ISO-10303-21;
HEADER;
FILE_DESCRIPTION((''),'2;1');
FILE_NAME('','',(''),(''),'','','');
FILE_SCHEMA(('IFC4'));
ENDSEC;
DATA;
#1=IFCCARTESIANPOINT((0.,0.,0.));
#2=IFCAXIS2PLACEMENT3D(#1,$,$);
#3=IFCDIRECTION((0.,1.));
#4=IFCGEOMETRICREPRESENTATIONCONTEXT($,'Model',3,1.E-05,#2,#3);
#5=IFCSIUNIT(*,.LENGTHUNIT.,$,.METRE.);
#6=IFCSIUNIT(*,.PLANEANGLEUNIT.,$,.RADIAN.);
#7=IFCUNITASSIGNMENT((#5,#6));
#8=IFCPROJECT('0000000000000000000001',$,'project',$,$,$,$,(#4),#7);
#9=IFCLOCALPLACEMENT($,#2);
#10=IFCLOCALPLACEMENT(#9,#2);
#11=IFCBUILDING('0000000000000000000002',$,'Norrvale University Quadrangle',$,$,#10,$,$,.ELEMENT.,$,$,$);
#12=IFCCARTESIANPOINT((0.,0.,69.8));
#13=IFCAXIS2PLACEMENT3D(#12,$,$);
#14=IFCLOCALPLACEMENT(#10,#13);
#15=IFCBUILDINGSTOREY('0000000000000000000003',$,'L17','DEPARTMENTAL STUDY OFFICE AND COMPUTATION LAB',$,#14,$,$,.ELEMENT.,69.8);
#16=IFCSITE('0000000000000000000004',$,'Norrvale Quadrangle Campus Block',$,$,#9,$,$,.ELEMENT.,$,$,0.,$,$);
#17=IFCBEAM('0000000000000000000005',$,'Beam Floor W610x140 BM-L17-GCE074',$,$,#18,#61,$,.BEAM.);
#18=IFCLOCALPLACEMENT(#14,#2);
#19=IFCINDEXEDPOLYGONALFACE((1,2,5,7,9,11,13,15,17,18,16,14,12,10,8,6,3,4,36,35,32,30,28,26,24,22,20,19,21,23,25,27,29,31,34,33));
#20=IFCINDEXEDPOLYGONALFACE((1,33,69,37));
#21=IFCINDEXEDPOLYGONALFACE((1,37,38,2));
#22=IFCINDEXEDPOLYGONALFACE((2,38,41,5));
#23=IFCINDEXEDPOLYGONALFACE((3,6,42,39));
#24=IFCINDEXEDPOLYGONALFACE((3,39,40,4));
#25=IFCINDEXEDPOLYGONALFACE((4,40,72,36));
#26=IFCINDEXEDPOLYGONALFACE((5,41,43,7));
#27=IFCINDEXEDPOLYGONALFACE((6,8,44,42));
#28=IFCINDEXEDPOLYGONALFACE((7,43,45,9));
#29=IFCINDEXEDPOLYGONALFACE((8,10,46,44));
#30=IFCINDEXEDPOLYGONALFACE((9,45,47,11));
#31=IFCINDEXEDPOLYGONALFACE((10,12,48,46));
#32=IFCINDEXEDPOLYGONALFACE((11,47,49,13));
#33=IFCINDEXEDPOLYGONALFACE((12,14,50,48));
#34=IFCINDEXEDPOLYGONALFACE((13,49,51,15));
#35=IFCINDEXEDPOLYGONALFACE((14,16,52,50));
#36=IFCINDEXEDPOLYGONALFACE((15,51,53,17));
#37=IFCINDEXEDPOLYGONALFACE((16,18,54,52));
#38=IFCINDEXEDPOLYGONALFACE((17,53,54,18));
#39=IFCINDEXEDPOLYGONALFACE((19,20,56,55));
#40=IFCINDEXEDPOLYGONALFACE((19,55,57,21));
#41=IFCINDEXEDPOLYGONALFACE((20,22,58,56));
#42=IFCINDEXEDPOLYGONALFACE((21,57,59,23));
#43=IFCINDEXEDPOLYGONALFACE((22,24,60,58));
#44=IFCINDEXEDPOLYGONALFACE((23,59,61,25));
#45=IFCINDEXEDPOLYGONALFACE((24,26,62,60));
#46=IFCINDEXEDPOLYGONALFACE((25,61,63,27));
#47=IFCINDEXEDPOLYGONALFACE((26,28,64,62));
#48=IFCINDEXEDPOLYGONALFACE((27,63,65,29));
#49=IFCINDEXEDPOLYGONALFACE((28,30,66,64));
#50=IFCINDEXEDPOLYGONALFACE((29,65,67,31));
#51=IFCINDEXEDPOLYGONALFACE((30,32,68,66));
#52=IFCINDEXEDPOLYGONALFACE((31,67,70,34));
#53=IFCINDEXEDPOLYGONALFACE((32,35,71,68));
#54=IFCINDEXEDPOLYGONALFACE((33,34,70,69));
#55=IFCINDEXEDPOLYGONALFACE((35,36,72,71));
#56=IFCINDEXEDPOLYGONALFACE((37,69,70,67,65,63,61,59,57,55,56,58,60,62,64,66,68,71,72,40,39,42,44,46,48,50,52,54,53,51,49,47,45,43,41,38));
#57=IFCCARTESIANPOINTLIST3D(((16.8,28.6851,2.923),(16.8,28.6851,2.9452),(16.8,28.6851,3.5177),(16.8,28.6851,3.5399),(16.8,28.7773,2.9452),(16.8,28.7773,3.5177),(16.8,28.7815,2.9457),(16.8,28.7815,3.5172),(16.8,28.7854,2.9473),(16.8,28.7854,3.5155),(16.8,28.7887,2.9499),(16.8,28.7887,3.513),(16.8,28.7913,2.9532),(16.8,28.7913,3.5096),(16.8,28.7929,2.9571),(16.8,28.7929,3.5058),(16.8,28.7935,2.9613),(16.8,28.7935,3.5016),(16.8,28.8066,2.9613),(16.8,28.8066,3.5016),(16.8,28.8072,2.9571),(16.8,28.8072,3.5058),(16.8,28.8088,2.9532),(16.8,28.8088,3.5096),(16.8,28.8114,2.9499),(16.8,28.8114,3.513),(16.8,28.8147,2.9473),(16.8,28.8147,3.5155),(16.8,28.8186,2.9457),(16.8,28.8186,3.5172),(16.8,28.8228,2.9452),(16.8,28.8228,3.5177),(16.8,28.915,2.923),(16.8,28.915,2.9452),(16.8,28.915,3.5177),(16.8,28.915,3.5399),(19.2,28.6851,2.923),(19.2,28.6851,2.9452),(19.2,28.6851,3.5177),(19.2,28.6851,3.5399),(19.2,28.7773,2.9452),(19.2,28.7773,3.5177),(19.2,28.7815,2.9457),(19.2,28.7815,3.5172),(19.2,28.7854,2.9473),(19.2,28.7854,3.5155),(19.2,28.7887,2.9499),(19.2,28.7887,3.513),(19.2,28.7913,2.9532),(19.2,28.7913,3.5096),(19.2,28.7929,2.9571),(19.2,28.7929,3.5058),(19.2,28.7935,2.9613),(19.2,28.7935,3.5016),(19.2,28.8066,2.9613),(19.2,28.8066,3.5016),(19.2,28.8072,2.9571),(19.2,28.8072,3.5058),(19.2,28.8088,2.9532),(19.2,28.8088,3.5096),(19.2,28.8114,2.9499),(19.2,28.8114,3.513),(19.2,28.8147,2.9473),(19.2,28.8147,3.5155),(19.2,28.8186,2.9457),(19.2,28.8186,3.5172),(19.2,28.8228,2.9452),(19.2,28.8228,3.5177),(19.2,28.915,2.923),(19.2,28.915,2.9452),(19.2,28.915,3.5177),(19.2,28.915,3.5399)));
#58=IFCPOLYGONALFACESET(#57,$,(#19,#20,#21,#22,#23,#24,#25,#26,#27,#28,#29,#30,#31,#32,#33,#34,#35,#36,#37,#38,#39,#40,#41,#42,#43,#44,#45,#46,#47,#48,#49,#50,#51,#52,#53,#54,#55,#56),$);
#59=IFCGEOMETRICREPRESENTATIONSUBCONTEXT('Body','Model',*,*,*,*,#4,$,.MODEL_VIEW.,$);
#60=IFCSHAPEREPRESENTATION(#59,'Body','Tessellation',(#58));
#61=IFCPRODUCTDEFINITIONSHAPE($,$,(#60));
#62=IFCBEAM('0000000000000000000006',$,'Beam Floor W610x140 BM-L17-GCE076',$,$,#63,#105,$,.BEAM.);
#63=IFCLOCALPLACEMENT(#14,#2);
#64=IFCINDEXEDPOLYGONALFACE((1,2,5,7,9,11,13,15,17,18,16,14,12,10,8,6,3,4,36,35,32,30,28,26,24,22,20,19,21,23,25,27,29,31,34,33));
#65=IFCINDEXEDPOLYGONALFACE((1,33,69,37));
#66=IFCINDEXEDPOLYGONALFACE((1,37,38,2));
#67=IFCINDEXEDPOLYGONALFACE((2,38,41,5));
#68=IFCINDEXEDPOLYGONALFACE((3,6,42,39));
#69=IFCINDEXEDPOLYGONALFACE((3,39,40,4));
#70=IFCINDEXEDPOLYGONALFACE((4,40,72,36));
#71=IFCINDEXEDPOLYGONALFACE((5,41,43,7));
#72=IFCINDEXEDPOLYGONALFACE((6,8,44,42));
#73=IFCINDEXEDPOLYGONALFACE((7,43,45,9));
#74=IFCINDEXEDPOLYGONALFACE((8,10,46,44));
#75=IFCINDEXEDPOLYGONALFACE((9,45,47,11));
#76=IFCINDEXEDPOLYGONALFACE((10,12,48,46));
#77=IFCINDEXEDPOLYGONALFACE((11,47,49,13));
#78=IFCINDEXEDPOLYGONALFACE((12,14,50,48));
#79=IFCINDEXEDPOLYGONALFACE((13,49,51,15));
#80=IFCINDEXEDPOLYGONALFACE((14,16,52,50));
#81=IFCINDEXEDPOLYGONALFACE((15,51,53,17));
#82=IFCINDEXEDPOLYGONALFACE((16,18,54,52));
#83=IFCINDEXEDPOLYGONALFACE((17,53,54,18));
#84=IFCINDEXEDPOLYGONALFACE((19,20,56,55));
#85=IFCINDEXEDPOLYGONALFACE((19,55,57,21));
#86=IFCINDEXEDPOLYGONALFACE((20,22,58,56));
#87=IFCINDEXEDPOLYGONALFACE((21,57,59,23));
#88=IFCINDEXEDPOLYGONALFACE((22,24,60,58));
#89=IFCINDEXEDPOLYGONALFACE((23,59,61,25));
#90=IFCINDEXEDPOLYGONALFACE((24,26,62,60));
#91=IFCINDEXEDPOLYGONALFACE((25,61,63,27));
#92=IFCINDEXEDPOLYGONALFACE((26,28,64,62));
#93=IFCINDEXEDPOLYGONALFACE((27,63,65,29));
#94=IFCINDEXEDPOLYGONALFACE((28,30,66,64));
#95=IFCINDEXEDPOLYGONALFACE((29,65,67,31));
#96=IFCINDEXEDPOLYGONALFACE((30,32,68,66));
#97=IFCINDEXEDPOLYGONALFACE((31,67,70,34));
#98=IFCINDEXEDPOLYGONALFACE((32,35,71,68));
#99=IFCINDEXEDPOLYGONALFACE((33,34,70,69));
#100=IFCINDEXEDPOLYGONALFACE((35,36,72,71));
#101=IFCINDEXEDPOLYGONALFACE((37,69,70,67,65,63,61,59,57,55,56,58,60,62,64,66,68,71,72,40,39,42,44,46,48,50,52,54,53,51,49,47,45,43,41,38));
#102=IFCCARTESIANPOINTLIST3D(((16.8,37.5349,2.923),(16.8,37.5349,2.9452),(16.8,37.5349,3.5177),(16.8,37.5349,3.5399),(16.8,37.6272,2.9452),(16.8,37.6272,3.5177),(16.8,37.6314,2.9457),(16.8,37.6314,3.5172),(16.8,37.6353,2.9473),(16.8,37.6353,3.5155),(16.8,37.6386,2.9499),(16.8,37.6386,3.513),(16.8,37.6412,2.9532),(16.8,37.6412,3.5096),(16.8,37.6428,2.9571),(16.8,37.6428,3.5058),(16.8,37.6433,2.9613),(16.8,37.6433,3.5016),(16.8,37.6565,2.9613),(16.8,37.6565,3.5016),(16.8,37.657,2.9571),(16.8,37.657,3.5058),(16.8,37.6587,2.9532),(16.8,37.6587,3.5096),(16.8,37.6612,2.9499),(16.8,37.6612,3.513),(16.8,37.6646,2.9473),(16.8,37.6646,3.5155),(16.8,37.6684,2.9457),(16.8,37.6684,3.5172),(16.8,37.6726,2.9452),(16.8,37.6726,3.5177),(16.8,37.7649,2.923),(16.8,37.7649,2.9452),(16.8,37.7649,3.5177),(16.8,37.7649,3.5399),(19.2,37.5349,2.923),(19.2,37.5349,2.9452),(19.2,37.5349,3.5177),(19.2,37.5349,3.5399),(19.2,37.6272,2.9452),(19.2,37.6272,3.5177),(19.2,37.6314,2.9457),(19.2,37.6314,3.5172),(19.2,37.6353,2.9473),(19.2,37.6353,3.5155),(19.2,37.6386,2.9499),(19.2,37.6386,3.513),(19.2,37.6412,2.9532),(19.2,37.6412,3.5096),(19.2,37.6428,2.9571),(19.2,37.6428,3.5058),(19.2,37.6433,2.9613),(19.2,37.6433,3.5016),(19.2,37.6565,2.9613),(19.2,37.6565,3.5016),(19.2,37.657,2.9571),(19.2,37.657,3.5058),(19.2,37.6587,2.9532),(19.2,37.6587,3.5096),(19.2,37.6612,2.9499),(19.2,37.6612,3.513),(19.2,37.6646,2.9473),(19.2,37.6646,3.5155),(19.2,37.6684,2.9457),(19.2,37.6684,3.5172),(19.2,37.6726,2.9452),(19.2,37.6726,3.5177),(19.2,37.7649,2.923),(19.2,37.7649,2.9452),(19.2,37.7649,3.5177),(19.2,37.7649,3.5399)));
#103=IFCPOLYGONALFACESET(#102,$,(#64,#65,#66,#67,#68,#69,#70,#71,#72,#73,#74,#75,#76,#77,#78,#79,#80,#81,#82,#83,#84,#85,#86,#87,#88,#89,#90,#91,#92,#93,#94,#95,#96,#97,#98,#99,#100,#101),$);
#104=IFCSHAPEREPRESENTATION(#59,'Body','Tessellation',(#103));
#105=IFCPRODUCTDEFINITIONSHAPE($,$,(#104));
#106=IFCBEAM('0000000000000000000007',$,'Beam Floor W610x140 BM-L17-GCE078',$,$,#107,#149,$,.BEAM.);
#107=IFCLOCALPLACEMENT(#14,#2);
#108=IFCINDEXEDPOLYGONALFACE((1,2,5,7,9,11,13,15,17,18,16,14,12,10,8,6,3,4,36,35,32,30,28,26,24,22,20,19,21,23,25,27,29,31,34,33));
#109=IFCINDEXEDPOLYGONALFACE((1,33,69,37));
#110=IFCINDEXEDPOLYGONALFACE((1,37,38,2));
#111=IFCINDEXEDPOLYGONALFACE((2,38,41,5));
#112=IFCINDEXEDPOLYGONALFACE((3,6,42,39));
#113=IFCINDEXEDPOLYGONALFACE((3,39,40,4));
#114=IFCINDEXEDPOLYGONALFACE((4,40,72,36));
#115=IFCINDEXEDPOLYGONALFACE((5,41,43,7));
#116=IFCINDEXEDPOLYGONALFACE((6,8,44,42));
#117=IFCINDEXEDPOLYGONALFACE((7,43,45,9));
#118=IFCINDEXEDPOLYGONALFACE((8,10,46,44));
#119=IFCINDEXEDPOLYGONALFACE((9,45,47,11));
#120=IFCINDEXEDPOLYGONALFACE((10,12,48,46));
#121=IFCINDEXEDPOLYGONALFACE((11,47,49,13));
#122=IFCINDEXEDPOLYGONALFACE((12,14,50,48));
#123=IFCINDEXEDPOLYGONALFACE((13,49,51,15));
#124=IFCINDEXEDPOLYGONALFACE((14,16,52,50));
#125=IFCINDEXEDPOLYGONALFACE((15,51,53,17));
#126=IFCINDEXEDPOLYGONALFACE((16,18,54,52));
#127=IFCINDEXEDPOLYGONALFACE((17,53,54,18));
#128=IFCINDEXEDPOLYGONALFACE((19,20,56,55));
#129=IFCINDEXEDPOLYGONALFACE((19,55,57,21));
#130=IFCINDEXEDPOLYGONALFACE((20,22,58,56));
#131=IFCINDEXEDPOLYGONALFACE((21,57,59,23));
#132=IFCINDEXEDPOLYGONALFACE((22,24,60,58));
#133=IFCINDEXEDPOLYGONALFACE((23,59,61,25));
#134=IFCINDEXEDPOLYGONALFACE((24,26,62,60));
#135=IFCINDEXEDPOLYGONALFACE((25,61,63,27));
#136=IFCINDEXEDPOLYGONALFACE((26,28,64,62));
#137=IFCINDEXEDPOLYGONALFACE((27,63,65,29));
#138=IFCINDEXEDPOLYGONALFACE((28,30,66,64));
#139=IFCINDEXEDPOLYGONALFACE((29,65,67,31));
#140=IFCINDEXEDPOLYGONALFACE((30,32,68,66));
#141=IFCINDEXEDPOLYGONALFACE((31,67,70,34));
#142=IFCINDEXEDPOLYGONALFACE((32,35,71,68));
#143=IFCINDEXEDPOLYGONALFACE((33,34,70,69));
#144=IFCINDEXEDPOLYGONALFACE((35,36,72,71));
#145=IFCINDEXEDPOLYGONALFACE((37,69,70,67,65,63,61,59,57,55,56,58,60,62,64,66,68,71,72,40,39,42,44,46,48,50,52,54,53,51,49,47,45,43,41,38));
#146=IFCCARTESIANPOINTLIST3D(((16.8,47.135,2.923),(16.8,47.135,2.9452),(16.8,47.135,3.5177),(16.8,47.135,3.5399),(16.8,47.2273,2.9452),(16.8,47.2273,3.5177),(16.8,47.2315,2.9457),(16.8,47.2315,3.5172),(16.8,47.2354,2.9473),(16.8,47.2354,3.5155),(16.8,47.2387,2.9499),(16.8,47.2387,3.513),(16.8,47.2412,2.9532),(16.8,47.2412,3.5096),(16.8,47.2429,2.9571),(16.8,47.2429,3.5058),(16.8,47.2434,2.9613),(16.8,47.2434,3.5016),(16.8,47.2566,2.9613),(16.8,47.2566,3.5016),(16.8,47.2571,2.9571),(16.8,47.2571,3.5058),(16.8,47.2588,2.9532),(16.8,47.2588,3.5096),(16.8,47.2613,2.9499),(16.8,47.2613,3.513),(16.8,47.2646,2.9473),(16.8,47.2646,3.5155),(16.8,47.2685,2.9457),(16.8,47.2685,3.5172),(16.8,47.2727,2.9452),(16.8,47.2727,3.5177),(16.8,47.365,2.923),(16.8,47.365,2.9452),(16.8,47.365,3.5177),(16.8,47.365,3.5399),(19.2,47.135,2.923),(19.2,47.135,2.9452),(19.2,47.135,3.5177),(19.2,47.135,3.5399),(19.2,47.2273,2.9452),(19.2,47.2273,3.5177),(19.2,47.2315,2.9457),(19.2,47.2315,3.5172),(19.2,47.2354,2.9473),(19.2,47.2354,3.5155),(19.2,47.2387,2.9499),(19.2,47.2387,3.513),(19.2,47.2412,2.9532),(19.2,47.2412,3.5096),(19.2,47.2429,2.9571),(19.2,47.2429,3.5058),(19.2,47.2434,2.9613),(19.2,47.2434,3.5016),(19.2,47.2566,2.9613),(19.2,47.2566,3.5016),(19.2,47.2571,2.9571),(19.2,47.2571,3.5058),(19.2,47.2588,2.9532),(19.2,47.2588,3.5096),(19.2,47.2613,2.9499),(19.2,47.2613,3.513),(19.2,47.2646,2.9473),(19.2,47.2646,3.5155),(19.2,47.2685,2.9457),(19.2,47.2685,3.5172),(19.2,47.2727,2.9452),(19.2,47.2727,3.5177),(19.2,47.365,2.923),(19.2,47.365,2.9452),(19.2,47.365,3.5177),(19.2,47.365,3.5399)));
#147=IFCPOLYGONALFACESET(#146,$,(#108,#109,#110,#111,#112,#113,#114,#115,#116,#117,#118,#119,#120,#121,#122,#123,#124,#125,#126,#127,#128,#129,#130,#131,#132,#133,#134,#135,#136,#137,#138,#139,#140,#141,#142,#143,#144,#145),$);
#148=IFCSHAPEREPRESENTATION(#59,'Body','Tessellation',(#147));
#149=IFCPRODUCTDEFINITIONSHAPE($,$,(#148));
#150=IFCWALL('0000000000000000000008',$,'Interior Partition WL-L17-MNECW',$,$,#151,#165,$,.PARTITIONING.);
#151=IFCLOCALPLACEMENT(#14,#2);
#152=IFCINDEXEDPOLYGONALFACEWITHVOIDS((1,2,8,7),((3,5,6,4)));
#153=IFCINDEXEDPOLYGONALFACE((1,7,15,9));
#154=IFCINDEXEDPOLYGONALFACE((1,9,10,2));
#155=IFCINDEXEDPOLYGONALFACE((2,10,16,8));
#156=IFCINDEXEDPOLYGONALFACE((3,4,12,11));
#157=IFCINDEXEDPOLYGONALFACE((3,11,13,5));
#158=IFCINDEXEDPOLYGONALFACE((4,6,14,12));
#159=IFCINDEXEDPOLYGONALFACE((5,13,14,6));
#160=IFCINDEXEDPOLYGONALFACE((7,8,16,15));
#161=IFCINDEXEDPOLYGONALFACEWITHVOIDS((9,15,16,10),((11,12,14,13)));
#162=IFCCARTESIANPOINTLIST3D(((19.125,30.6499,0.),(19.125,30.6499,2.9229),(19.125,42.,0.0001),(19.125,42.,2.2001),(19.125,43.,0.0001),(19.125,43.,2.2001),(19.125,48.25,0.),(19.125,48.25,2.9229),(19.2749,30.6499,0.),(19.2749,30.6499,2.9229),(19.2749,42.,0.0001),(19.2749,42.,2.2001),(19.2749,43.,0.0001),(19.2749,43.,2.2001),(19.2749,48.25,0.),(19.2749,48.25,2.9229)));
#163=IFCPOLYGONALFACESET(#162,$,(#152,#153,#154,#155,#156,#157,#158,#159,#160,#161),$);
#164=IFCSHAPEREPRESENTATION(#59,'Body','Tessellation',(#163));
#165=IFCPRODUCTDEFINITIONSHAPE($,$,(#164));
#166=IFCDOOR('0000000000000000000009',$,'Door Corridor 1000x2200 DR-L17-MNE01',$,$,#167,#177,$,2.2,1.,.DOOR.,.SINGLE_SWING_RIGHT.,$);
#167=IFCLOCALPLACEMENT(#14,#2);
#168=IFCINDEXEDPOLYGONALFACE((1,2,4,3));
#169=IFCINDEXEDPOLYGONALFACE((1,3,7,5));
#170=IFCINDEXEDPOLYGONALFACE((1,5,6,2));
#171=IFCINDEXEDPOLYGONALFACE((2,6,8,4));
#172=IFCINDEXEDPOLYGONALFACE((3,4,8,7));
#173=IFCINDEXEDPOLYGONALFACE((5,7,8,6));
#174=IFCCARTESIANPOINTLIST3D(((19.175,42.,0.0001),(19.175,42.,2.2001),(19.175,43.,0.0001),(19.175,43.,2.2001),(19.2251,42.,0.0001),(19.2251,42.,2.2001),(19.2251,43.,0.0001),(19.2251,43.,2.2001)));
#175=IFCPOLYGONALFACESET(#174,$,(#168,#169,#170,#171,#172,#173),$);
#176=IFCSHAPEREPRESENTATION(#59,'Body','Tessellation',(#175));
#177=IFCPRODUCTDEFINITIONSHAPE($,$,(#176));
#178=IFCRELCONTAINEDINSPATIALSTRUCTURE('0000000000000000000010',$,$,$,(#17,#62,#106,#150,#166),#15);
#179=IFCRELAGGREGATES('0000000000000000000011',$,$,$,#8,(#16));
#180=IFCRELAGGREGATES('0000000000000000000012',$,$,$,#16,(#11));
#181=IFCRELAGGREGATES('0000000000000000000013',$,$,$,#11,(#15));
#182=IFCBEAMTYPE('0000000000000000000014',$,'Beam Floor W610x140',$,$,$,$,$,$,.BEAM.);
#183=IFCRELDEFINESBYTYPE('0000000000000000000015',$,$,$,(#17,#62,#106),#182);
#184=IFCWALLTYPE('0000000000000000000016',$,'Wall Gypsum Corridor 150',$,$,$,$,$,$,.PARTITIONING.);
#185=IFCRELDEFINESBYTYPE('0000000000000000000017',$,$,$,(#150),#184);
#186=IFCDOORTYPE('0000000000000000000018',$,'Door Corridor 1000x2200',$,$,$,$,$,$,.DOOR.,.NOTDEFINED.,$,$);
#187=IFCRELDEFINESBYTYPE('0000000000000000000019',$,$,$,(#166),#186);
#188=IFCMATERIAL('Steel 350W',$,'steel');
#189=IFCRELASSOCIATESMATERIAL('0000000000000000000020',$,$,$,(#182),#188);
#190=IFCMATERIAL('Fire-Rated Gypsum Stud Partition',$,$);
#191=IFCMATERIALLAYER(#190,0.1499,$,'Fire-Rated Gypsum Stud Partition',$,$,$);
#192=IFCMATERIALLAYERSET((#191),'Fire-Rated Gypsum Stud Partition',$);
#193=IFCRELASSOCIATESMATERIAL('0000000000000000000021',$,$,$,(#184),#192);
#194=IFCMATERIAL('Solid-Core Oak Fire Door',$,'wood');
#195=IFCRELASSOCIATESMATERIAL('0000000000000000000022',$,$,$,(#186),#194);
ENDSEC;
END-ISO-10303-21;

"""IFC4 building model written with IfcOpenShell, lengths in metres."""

from ifc_helpers import new_model, si_unit, direction, frame, frame_2d, origin, origin_2d, place, context, subcontext, project, spatial, rectangle, i_section, extrude, material, layer, layer_set, material_profile, profile_set, type_object, element, fill, save


model = new_model("IFC4")

# Units and contexts
model_context = context("Model", 3, precision=1e-05, world=origin(), true_north=direction((0.0, 1.0)))
body_context = subcontext(model_context, "Body", "Model", "MODEL_VIEW")
ifc_project = project(units=[si_unit("LENGTHUNIT", "METRE"), si_unit("PLANEANGLEUNIT", "RADIAN")], contexts=[model_context])

# Site, building, storey
site_placement = place(None, origin())
site = spatial("IfcSite", under=ifc_project, at=site_placement, Name="Norrvale Quadrangle Campus Block", CompositionType="ELEMENT", RefElevation=0.0)
building_placement = place(site_placement, origin())
building = spatial("IfcBuilding", under=site, at=building_placement, Name="Norrvale University Quadrangle", CompositionType="ELEMENT")
storey_placement = place(building_placement, frame((0.0, 0.0, 69.8)))
storey = spatial("IfcBuildingStorey", under=building, at=storey_placement, Name="L17", Description="DEPARTMENTAL STUDY OFFICE AND COMPUTATION LAB", CompositionType="ELEMENT", Elevation=69.8)

# Beams
ifc_material_1 = material(Name="Steel 350W", Category="steel")
ifc_material_profile_1 = material_profile(ifc_material_1, i_section(OverallWidth=0.23, OverallDepth=0.6169, WebThickness=0.0132, FlangeThickness=0.0222, FilletRadius=0.0161, at=origin_2d()), Name="Steel 350W")
ifc_profile_set_1 = profile_set([ifc_material_profile_1], Name="Steel 350W")
beam_type_1 = type_object("IfcBeamType", Name="Beam Floor W610x140", PredefinedType="BEAM", material=ifc_profile_set_1)
for number, where, z_axis, x_axis, name in (
    (1, (16.8, 28.8, 3.2314), (1.0, 0.0, 0.0), (0.0, 1.0, 0.0), "Beam Floor W610x140 BM-L17-GCE074"),
    (2, (16.8, 37.6499, 3.2314), (1.0, 0.0, 0.0), (0.0, 1.0, 0.0), "Beam Floor W610x140 BM-L17-GCE076"),
    (3, (16.8, 47.25, 3.2314), (1.0, 0.0, 0.0), (0.0, 1.0, 0.0), "Beam Floor W610x140 BM-L17-GCE078"),
):
    element("IfcBeam", number, at=place(storey_placement, frame(where, z_axis=z_axis, x_axis=x_axis)), inside=storey, type_object=beam_type_1, Name=name, PredefinedType="BEAM", context=body_context, shape_type="SweptSolid", body=[
        extrude(i_section(OverallWidth=0.23, OverallDepth=0.6169, WebThickness=0.0132, FlangeThickness=0.0222, FilletRadius=0.0161, at=origin_2d()), origin(), (0.0, 0.0, 1.0), 2.3999),
    ])

# Wall, opening, door
ifc_material_2 = material(Name="Fire-Rated Gypsum Stud Partition")
ifc_layer_1 = layer(ifc_material_2, 0.1499, Name="Fire-Rated Gypsum Stud Partition")
ifc_layer_set_1 = layer_set([ifc_layer_1], Name="Fire-Rated Gypsum Stud Partition")
wall_type_1 = type_object("IfcWallType", Name="Wall Gypsum Corridor 150", PredefinedType="PARTITIONING", material=ifc_layer_set_1)
wall_1_placement = place(storey_placement, frame((19.2, 30.6499, 0.0), z_axis=(0.0, 0.0, 1.0), x_axis=(0.0, 1.0, 0.0)))
wall_1 = element("IfcWall", 4, at=wall_1_placement, inside=storey, type_object=wall_type_1, Name="Interior Partition WL-L17-MNECW", PredefinedType="PARTITIONING", context=body_context, shape_type="SweptSolid", body=[
    extrude(rectangle(XDim=17.6001, YDim=0.1499, at=frame_2d((8.8, 0.0))), origin(), (0.0, 0.0, 1.0), 2.9229),
])
opening_1_placement = place(wall_1_placement, frame((11.3501, 0.0, 0.0)))
opening_1 = element("IfcOpeningElement", 5, at=opening_1_placement, cuts=wall_1, PredefinedType="OPENING", context=body_context, shape_type="SweptSolid", body=[
    extrude(rectangle(XDim=1.0, YDim=2.2, at=frame_2d((0.5, 1.1001))), frame((0.0, 0.0869, 0.0), z_axis=(0.0, -1.0, 0.0), x_axis=(1.0, 0.0, 0.0)), (0.0, 0.0, 1.0), 0.1738),
])
ifc_material_3 = material(Name="Solid-Core Oak Fire Door", Category="wood")
door_type_1 = type_object("IfcDoorType", Name="Door Corridor 1000x2200", OperationType="NOTDEFINED", PredefinedType="DOOR", material=ifc_material_3)
door_1_placement = place(opening_1_placement, origin())
door_1 = element("IfcDoor", 6, at=door_1_placement, inside=storey, type_object=door_type_1, Name="Door Corridor 1000x2200 DR-L17-MNE01", OperationType="SINGLE_SWING_RIGHT", OverallHeight=2.2, OverallWidth=1.0, PredefinedType="DOOR", context=body_context, shape_type="SweptSolid", body=[
    extrude(rectangle(XDim=1.0, YDim=2.2, at=frame_2d((0.5, 1.1001))), frame((0.0, 0.0249, 0.0), z_axis=(0.0, -1.0, 0.0), x_axis=(1.0, 0.0, 0.0)), (0.0, 0.0, 1.0), 0.05),
])
fill(opening_1, door_1)

save(model, "model.ifc")
